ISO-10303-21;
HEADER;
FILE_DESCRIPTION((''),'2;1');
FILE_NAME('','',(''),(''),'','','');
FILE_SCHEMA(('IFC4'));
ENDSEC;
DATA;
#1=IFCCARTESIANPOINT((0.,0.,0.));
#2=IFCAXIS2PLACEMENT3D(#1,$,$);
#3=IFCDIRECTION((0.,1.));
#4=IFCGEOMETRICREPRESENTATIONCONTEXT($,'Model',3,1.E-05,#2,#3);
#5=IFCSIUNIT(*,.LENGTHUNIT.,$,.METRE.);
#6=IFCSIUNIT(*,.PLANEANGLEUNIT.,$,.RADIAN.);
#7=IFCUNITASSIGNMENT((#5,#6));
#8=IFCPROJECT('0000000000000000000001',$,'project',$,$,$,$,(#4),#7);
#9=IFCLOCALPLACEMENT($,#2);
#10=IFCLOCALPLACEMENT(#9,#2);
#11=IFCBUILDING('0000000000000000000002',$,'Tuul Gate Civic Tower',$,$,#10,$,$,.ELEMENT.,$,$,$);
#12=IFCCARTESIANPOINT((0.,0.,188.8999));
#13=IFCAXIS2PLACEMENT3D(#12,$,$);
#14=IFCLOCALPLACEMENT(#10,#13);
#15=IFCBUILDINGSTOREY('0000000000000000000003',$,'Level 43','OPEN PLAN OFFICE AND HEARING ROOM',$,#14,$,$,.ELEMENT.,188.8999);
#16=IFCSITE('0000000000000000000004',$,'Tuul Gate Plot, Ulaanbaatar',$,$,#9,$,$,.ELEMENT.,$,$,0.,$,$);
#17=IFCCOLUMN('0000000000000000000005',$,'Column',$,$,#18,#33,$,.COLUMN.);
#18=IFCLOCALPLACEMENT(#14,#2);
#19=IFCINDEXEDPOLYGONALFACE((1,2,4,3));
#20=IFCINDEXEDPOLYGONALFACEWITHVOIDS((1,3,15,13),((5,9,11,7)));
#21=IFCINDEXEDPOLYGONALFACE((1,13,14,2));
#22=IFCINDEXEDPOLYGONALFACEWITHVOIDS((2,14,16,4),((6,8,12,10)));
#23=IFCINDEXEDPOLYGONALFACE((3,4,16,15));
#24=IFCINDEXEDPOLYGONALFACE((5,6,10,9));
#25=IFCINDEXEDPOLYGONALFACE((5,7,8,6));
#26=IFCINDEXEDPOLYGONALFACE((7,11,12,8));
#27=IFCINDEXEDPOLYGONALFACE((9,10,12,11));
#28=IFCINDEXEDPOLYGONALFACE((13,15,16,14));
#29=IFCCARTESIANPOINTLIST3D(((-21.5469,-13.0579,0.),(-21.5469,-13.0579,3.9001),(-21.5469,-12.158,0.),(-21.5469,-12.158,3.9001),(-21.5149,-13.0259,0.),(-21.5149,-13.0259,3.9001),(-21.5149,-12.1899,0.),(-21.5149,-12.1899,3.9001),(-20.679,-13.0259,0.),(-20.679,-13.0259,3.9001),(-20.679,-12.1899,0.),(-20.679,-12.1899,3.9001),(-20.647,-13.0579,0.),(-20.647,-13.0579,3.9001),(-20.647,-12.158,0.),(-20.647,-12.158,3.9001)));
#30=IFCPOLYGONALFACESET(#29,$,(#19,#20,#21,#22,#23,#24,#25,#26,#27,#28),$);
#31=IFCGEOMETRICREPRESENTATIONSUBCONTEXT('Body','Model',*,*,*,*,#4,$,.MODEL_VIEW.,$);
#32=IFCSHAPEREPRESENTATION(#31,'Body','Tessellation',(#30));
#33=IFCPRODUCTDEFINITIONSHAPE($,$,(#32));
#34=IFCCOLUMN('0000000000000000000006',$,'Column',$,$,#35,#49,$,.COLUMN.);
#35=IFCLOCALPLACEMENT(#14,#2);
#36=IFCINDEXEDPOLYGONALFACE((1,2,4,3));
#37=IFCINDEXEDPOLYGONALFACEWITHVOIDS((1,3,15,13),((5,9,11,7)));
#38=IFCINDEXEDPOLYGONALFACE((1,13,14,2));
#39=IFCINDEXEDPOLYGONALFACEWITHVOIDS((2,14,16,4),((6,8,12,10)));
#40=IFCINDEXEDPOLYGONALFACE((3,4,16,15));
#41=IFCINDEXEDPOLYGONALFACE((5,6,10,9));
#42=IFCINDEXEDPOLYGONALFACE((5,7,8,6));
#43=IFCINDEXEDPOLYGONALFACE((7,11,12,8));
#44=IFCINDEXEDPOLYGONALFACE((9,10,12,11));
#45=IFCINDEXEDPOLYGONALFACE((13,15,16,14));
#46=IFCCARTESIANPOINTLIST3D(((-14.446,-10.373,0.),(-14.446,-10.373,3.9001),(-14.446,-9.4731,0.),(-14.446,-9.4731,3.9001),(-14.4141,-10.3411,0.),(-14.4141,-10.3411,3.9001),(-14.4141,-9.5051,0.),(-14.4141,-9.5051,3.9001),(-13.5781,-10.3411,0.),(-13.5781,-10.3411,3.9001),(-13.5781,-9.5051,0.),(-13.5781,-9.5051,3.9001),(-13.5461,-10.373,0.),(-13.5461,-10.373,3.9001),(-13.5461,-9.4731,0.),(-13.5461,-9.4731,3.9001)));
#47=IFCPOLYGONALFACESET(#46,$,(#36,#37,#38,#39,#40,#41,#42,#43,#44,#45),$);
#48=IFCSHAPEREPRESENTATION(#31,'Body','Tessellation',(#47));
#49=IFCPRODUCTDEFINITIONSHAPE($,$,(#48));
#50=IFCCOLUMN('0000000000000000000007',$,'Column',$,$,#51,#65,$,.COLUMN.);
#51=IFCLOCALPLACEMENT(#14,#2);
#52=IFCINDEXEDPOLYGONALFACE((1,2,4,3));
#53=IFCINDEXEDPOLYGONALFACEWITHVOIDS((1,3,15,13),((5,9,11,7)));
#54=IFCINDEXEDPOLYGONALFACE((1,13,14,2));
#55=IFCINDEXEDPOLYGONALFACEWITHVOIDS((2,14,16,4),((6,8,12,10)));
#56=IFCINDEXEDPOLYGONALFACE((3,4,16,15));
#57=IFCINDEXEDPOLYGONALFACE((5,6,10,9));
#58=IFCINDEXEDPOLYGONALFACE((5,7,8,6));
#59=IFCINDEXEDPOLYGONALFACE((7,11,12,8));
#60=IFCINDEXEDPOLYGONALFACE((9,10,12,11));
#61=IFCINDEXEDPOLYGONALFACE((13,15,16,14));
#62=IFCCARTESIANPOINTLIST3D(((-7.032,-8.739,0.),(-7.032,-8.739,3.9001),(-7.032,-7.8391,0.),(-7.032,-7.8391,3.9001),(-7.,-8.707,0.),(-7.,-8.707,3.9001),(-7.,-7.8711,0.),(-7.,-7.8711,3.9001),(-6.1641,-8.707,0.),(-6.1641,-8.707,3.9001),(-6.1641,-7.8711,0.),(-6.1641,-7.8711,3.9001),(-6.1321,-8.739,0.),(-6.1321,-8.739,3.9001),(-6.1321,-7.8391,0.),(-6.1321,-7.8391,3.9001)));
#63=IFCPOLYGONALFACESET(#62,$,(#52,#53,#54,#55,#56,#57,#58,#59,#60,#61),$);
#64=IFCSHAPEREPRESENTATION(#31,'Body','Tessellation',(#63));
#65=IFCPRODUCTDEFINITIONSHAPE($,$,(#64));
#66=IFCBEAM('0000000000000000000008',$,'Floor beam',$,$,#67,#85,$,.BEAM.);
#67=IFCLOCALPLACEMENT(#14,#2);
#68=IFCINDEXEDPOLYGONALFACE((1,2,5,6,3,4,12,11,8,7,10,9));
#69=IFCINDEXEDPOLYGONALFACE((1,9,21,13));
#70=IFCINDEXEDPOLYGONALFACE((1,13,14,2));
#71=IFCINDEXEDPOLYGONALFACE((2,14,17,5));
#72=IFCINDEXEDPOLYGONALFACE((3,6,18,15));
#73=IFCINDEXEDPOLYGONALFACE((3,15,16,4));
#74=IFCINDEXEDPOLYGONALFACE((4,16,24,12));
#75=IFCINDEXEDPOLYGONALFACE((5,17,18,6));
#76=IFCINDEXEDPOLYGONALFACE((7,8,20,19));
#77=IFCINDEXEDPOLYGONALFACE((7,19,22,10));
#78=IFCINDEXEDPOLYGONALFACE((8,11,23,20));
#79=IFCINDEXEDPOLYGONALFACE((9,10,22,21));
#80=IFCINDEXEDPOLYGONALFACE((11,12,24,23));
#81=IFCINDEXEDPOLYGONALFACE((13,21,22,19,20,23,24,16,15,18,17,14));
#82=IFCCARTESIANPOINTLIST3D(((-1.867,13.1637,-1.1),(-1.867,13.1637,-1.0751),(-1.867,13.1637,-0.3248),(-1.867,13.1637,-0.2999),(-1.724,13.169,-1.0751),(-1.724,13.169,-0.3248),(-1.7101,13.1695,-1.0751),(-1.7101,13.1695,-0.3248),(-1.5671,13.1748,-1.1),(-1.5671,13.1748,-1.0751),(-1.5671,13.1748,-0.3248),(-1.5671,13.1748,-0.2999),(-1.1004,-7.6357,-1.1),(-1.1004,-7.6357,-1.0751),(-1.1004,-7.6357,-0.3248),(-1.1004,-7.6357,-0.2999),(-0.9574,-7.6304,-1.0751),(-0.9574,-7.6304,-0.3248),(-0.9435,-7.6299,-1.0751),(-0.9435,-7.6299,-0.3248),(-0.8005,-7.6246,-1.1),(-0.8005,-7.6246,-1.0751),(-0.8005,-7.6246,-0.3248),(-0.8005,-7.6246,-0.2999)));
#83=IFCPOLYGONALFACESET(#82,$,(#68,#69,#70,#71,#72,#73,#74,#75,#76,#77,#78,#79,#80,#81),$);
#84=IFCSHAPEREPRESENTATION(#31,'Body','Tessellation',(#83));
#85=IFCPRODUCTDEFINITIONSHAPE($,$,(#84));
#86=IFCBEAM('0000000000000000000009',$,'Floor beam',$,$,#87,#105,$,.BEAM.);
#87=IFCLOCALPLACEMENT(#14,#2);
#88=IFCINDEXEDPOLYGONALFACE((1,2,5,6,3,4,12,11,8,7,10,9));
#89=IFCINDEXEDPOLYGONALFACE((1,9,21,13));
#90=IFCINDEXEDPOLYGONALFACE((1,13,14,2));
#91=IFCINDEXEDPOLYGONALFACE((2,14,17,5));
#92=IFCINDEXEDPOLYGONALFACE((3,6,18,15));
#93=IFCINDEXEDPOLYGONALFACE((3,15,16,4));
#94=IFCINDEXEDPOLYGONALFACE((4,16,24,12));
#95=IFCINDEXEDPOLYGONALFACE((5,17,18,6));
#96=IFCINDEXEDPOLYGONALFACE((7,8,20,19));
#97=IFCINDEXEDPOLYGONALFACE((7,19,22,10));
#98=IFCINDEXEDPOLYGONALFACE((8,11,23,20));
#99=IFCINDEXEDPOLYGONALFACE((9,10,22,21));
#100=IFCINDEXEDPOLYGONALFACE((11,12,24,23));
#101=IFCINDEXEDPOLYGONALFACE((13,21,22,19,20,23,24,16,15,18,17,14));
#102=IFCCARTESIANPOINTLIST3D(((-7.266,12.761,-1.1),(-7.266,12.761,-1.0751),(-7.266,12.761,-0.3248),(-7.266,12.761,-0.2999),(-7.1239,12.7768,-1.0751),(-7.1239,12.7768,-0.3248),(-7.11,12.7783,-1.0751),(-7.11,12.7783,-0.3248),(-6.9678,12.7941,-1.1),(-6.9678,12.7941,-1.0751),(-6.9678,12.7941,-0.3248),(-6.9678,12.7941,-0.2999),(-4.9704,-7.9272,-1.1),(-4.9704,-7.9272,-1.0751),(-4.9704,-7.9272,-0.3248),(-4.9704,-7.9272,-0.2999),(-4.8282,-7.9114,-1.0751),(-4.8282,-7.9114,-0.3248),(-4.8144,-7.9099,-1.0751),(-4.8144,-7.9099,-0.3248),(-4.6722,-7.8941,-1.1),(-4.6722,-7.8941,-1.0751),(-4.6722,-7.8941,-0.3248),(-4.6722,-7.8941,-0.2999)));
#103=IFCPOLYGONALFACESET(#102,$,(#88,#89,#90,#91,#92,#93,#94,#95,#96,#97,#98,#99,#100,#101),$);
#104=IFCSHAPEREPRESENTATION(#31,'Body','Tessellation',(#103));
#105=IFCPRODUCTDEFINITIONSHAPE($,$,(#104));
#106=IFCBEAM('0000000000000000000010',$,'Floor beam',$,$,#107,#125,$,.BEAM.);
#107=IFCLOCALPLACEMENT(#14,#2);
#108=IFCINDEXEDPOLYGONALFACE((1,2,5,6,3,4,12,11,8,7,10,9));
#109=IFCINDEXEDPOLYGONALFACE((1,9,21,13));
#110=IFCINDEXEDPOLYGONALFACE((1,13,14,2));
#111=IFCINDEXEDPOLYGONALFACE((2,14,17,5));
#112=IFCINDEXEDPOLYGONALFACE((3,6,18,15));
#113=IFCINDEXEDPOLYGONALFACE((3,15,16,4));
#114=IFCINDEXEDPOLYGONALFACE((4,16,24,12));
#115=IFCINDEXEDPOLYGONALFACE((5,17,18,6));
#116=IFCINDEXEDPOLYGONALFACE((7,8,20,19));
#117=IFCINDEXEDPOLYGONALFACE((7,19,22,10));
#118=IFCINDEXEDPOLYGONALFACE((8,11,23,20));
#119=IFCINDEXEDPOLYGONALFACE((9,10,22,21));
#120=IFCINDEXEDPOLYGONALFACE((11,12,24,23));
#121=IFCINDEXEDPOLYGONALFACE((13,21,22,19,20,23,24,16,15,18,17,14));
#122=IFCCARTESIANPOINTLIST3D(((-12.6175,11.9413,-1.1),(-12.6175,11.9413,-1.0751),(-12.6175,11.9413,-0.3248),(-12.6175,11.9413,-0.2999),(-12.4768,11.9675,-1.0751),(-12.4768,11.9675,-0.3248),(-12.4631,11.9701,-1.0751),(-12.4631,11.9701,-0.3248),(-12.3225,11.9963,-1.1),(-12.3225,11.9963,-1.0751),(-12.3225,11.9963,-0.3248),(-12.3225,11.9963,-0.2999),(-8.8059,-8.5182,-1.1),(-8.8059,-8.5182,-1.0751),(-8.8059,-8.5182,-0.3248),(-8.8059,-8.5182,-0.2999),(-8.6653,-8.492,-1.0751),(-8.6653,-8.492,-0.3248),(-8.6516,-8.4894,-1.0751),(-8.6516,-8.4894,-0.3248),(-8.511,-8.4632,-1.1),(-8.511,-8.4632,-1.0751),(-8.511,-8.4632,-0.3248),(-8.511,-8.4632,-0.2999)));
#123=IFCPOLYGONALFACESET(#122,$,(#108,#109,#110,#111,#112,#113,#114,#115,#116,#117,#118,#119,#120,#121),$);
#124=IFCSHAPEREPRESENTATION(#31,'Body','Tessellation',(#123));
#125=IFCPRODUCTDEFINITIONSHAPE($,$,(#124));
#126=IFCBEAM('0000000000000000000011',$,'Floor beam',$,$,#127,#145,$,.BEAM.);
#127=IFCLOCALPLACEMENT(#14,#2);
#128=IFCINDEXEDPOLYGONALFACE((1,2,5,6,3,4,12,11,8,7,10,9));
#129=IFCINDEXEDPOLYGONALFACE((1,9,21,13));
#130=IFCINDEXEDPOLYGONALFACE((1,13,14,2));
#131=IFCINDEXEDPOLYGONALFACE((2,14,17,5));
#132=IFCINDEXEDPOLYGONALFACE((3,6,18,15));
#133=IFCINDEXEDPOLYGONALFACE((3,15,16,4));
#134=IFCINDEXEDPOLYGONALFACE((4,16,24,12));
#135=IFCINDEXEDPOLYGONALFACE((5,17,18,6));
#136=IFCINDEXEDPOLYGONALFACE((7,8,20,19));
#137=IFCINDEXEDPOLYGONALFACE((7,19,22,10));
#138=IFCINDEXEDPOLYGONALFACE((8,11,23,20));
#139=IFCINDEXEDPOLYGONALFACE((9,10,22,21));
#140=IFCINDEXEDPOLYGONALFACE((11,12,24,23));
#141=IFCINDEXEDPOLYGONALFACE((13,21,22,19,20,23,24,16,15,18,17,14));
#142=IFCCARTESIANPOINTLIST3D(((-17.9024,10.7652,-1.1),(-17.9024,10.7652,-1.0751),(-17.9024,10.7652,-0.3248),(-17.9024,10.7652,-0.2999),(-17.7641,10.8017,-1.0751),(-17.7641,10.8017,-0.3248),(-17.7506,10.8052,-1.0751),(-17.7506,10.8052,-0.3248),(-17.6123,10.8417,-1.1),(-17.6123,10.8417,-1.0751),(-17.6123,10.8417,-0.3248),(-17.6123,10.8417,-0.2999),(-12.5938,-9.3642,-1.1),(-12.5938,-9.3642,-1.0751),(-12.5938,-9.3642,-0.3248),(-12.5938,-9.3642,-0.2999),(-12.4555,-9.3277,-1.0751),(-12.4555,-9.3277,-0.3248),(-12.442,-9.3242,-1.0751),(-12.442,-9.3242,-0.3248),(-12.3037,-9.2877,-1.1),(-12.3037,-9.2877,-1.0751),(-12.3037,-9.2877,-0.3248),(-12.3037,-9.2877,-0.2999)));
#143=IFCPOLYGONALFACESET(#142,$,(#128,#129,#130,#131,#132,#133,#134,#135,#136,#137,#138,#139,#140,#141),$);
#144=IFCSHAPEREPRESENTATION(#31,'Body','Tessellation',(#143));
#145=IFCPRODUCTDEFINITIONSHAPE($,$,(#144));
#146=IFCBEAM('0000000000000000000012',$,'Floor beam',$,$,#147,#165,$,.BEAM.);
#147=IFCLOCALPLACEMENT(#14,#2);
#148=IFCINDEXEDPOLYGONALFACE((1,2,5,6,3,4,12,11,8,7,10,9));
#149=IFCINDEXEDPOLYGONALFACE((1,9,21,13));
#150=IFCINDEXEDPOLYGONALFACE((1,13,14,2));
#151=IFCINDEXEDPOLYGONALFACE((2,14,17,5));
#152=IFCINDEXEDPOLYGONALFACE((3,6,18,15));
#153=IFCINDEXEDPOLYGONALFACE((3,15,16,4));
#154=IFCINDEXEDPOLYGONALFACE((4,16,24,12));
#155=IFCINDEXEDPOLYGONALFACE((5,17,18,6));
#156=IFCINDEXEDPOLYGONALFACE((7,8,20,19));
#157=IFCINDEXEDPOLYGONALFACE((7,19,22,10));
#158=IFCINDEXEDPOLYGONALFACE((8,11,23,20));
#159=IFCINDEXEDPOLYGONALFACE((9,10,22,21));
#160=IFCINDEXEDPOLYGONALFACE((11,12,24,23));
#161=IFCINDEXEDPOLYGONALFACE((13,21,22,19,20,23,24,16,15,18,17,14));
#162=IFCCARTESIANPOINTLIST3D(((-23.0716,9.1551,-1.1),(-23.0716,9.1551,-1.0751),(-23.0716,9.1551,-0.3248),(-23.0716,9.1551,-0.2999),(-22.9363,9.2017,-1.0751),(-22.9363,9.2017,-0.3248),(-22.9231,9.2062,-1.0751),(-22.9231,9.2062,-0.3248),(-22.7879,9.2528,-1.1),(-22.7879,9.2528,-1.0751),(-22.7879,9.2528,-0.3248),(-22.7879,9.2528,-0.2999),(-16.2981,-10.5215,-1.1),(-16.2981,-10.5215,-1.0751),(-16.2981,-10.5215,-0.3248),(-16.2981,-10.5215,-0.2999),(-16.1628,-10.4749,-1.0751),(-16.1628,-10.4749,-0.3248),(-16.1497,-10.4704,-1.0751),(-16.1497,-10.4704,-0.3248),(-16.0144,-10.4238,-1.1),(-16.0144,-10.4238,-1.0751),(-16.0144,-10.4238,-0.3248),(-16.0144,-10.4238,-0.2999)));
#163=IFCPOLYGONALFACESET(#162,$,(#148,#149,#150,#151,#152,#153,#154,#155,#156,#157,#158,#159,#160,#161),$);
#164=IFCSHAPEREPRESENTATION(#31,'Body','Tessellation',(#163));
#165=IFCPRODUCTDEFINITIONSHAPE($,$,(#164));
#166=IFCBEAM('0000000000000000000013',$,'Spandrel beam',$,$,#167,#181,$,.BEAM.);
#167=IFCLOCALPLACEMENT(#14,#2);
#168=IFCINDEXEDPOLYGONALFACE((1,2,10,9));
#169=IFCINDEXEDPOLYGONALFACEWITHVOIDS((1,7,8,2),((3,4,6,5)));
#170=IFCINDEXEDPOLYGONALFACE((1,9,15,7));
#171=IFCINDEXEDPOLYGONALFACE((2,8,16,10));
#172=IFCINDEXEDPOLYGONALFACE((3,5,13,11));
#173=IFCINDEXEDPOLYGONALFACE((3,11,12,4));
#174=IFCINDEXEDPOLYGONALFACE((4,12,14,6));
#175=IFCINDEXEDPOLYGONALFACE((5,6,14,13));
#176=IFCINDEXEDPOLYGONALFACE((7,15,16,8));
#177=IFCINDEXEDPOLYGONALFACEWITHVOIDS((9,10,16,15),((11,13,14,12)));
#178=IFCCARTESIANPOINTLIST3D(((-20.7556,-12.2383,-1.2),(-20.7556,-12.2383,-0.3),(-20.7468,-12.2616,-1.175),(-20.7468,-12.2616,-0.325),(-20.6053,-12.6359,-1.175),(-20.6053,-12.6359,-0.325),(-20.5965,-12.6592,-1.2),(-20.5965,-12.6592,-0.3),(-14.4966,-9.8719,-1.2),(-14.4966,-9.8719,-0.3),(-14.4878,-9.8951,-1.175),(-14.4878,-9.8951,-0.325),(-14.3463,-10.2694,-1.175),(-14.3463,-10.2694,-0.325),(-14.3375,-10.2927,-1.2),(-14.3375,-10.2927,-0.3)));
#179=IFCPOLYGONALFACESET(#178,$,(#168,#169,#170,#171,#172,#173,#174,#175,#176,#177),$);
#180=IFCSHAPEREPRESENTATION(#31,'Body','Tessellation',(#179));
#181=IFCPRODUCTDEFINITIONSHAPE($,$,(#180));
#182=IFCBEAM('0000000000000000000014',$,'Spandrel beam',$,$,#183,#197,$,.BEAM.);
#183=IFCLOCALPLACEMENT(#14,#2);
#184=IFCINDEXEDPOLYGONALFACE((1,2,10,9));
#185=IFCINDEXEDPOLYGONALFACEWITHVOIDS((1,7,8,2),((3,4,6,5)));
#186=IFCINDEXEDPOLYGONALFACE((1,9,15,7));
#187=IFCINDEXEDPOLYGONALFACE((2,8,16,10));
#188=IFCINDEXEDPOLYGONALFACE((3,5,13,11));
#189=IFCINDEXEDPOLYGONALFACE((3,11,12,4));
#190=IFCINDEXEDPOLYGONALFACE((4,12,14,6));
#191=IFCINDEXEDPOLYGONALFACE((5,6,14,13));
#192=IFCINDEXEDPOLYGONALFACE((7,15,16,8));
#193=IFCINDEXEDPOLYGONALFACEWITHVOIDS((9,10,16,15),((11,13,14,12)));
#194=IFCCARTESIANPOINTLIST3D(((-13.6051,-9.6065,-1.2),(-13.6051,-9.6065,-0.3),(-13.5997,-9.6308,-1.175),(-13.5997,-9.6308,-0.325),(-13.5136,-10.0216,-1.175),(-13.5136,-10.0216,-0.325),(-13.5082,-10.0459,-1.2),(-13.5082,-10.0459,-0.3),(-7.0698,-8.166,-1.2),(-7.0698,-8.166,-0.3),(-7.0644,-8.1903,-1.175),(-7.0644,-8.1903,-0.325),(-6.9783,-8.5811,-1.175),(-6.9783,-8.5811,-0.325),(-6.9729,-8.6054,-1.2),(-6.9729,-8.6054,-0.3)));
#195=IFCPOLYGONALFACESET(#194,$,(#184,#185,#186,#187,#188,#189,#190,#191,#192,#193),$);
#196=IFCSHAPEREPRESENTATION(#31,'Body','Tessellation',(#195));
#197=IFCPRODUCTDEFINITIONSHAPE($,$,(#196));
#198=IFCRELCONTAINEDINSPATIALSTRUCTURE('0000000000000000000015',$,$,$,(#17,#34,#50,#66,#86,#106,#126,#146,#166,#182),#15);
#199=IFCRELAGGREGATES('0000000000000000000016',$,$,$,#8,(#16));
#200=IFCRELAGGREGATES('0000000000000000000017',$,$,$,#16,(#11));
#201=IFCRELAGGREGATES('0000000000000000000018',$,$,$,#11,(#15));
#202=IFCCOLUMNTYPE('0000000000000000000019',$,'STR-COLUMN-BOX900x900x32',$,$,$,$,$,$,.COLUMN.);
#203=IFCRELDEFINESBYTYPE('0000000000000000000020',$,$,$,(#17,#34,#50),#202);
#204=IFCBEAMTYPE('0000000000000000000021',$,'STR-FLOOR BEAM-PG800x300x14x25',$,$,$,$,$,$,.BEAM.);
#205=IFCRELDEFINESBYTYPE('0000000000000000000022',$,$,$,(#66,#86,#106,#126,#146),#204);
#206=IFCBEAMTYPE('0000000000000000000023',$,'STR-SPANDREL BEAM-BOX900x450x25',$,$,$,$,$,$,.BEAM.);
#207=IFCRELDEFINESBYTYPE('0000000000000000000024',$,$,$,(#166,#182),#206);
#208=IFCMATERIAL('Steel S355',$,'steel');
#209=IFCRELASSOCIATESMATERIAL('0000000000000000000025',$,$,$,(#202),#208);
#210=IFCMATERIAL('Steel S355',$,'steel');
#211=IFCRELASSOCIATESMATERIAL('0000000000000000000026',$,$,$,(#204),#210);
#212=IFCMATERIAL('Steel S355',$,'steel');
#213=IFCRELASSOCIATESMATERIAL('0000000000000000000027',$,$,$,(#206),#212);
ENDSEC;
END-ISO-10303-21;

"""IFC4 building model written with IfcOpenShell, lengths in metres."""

from ifc_helpers import new_model, si_unit, direction, frame, origin, origin_2d, place, context, subcontext, project, spatial, hollow_rectangle, i_section, extrude, material, material_profile, profile_set, type_object, element, save


model = new_model("IFC4")

# Units and contexts
model_context = context("Model", 3, precision=1e-05, world=origin(), true_north=direction((0.0, 1.0)))
body_context = subcontext(model_context, "Body", "Model", "MODEL_VIEW")
ifc_project = project(units=[si_unit("LENGTHUNIT", "METRE"), si_unit("PLANEANGLEUNIT", "RADIAN")], contexts=[model_context])

# Site, building, storey
site_placement = place(None, origin())
site = spatial("IfcSite", under=ifc_project, at=site_placement, Name="Tuul Gate Plot, Ulaanbaatar", CompositionType="ELEMENT", RefElevation=0.0)
building_placement = place(site_placement, origin())
building = spatial("IfcBuilding", under=site, at=building_placement, Name="Tuul Gate Civic Tower", CompositionType="ELEMENT")
storey_placement = place(building_placement, frame((0.0, 0.0, 188.8999)))
storey = spatial("IfcBuildingStorey", under=building, at=storey_placement, Name="Level 43", Description="OPEN PLAN OFFICE AND HEARING ROOM", CompositionType="ELEMENT", Elevation=188.8999)

# Columns
ifc_material_1 = material(Name="Steel S355", Category="steel")
ifc_material_profile_1 = material_profile(ifc_material_1, hollow_rectangle(XDim=0.8999, YDim=0.8999, WallThickness=0.032, at=origin_2d()), Name="BOX900x900x32")
ifc_profile_set_1 = profile_set([ifc_material_profile_1], Name="Steel S355")
column_type = type_object("IfcColumnType", Name="STR-COLUMN-BOX900x900x32", PredefinedType="COLUMN", material=ifc_profile_set_1)
for number, where, z_axis, x_axis, name in (
    (1, (-21.0969, -12.6079, 0.0), (0.0, 0.0, 1.0), (1.0, 0.0, 0.0), "Column"),
    (2, (-13.9961, -9.9231, 0.0), (0.0, 0.0, 1.0), (1.0, 0.0, 0.0), "Column"),
    (3, (-6.582, -8.2891, 0.0), (0.0, 0.0, 1.0), (1.0, 0.0, 0.0), "Column"),
):
    element("IfcColumn", number, at=place(storey_placement, frame(where, z_axis=z_axis, x_axis=x_axis)), inside=storey, type_object=column_type, Name=name, PredefinedType="COLUMN", context=body_context, shape_type="SweptSolid", body=[
        extrude(hollow_rectangle(XDim=0.8999, YDim=0.8999, WallThickness=0.032, at=origin_2d()), origin(), (0.0, 0.0, 1.0), 3.9001),
    ])

# Beams
ifc_material_2 = material(Name="Steel S355", Category="steel")
ifc_material_profile_2 = material_profile(ifc_material_2, i_section(OverallWidth=0.3, OverallDepth=0.8, WebThickness=0.0139, FlangeThickness=0.0249, at=origin_2d()), Name="PG800x300x14x25")
ifc_profile_set_2 = profile_set([ifc_material_profile_2], Name="Steel S355")
beam_type_1 = type_object("IfcBeamType", Name="STR-FLOOR BEAM-PG800x300x14x25", PredefinedType="BEAM", material=ifc_profile_set_2)
beam_1_placement = place(storey_placement, frame((-0.9504, -7.6301, -0.7), z_axis=(-0.036832, 0.999321, 0.0), x_axis=(-0.999321, -0.036832, 0.0)))
element("IfcBeam", 4, at=beam_1_placement, inside=storey, type_object=beam_type_1, Name="Floor beam", PredefinedType="BEAM", context=body_context, shape_type="SweptSolid", body=[
    extrude(i_section(OverallWidth=0.3, OverallDepth=0.8, WebThickness=0.0139, FlangeThickness=0.0249, at=origin_2d()), origin(), (0.0, 0.0, 1.0), 20.8135),
])
beam_2_placement = place(storey_placement, frame((-4.8213, -7.9106, -0.7), z_axis=(-0.110287, 0.9939, 0.0), x_axis=(-0.9939, -0.110287, 0.0)))
element("IfcBeam", 5, at=beam_2_placement, inside=storey, type_object=beam_type_1, Name="Floor beam", PredefinedType="BEAM", context=body_context, shape_type="SweptSolid", body=[
    extrude(i_section(OverallWidth=0.3, OverallDepth=0.8, WebThickness=0.0139, FlangeThickness=0.0249, at=origin_2d()), origin(), (0.0, 0.0, 1.0), 20.8152),
])
beam_3_placement = place(storey_placement, frame((-8.6584, -8.4907, -0.7), z_axis=(-0.183145, 0.983086, 0.0), x_axis=(-0.983086, -0.183145, 0.0)))
element("IfcBeam", 6, at=beam_3_placement, inside=storey, type_object=beam_type_1, Name="Floor beam", PredefinedType="BEAM", context=body_context, shape_type="SweptSolid", body=[
    extrude(i_section(OverallWidth=0.3, OverallDepth=0.8, WebThickness=0.0139, FlangeThickness=0.0249, at=origin_2d()), origin(), (0.0, 0.0, 1.0), 20.8115),
])
beam_4_placement = place(storey_placement, frame((-12.4487, -9.3259, -0.7), z_axis=(-0.255005, 0.96694, 0.0), x_axis=(-0.96694, -0.255005, 0.0)))
element("IfcBeam", 7, at=beam_4_placement, inside=storey, type_object=beam_type_1, Name="Floor beam", PredefinedType="BEAM", context=body_context, shape_type="SweptSolid", body=[
    extrude(i_section(OverallWidth=0.3, OverallDepth=0.8, WebThickness=0.0139, FlangeThickness=0.0249, at=origin_2d()), origin(), (0.0, 0.0, 1.0), 20.8176),
])
beam_5_placement = place(storey_placement, frame((-16.1562, -10.4727, -0.7), z_axis=(-0.325494, 0.945544, 0.0), x_axis=(-0.945544, -0.325494, 0.0)))
element("IfcBeam", 8, at=beam_5_placement, inside=storey, type_object=beam_type_1, Name="Floor beam", PredefinedType="BEAM", context=body_context, shape_type="SweptSolid", body=[
    extrude(i_section(OverallWidth=0.3, OverallDepth=0.8, WebThickness=0.0139, FlangeThickness=0.0249, at=origin_2d()), origin(), (0.0, 0.0, 1.0), 20.8098),
])
ifc_material_3 = material(Name="Steel S355", Category="steel")
ifc_material_profile_3 = material_profile(ifc_material_3, hollow_rectangle(XDim=0.45, YDim=0.8999, WallThickness=0.0249, at=origin_2d()), Name="BOX900x450x25")
ifc_profile_set_3 = profile_set([ifc_material_profile_3], Name="Steel S355")
beam_type_2 = type_object("IfcBeamType", Name="STR-SPANDREL BEAM-BOX900x450x25", PredefinedType="BEAM", material=ifc_profile_set_3)
beam_6_placement = place(storey_placement, frame((-20.676, -12.4487, -0.75), z_axis=(0.935377, 0.353653, 0.0), x_axis=(-0.353653, 0.935377, 0.0)))
element("IfcBeam", 9, at=beam_6_placement, inside=storey, type_object=beam_type_2, Name="Spandrel beam", PredefinedType="BEAM", context=body_context, shape_type="SweptSolid", body=[
    extrude(hollow_rectangle(XDim=0.45, YDim=0.8999, WallThickness=0.0249, at=origin_2d()), origin(), (0.0, 0.0, 1.0), 6.6914),
])
beam_7_placement = place(storey_placement, frame((-13.5566, -9.8262, -0.75), z_axis=(0.97656, 0.215246, 0.0), x_axis=(-0.215246, 0.97656, 0.0)))
element("IfcBeam", 10, at=beam_7_placement, inside=storey, type_object=beam_type_2, Name="Spandrel beam", PredefinedType="BEAM", context=body_context, shape_type="SweptSolid", body=[
    extrude(hollow_rectangle(XDim=0.45, YDim=0.8999, WallThickness=0.0249, at=origin_2d()), origin(), (0.0, 0.0, 1.0), 6.6921),
])

save(model, "model.ifc")
